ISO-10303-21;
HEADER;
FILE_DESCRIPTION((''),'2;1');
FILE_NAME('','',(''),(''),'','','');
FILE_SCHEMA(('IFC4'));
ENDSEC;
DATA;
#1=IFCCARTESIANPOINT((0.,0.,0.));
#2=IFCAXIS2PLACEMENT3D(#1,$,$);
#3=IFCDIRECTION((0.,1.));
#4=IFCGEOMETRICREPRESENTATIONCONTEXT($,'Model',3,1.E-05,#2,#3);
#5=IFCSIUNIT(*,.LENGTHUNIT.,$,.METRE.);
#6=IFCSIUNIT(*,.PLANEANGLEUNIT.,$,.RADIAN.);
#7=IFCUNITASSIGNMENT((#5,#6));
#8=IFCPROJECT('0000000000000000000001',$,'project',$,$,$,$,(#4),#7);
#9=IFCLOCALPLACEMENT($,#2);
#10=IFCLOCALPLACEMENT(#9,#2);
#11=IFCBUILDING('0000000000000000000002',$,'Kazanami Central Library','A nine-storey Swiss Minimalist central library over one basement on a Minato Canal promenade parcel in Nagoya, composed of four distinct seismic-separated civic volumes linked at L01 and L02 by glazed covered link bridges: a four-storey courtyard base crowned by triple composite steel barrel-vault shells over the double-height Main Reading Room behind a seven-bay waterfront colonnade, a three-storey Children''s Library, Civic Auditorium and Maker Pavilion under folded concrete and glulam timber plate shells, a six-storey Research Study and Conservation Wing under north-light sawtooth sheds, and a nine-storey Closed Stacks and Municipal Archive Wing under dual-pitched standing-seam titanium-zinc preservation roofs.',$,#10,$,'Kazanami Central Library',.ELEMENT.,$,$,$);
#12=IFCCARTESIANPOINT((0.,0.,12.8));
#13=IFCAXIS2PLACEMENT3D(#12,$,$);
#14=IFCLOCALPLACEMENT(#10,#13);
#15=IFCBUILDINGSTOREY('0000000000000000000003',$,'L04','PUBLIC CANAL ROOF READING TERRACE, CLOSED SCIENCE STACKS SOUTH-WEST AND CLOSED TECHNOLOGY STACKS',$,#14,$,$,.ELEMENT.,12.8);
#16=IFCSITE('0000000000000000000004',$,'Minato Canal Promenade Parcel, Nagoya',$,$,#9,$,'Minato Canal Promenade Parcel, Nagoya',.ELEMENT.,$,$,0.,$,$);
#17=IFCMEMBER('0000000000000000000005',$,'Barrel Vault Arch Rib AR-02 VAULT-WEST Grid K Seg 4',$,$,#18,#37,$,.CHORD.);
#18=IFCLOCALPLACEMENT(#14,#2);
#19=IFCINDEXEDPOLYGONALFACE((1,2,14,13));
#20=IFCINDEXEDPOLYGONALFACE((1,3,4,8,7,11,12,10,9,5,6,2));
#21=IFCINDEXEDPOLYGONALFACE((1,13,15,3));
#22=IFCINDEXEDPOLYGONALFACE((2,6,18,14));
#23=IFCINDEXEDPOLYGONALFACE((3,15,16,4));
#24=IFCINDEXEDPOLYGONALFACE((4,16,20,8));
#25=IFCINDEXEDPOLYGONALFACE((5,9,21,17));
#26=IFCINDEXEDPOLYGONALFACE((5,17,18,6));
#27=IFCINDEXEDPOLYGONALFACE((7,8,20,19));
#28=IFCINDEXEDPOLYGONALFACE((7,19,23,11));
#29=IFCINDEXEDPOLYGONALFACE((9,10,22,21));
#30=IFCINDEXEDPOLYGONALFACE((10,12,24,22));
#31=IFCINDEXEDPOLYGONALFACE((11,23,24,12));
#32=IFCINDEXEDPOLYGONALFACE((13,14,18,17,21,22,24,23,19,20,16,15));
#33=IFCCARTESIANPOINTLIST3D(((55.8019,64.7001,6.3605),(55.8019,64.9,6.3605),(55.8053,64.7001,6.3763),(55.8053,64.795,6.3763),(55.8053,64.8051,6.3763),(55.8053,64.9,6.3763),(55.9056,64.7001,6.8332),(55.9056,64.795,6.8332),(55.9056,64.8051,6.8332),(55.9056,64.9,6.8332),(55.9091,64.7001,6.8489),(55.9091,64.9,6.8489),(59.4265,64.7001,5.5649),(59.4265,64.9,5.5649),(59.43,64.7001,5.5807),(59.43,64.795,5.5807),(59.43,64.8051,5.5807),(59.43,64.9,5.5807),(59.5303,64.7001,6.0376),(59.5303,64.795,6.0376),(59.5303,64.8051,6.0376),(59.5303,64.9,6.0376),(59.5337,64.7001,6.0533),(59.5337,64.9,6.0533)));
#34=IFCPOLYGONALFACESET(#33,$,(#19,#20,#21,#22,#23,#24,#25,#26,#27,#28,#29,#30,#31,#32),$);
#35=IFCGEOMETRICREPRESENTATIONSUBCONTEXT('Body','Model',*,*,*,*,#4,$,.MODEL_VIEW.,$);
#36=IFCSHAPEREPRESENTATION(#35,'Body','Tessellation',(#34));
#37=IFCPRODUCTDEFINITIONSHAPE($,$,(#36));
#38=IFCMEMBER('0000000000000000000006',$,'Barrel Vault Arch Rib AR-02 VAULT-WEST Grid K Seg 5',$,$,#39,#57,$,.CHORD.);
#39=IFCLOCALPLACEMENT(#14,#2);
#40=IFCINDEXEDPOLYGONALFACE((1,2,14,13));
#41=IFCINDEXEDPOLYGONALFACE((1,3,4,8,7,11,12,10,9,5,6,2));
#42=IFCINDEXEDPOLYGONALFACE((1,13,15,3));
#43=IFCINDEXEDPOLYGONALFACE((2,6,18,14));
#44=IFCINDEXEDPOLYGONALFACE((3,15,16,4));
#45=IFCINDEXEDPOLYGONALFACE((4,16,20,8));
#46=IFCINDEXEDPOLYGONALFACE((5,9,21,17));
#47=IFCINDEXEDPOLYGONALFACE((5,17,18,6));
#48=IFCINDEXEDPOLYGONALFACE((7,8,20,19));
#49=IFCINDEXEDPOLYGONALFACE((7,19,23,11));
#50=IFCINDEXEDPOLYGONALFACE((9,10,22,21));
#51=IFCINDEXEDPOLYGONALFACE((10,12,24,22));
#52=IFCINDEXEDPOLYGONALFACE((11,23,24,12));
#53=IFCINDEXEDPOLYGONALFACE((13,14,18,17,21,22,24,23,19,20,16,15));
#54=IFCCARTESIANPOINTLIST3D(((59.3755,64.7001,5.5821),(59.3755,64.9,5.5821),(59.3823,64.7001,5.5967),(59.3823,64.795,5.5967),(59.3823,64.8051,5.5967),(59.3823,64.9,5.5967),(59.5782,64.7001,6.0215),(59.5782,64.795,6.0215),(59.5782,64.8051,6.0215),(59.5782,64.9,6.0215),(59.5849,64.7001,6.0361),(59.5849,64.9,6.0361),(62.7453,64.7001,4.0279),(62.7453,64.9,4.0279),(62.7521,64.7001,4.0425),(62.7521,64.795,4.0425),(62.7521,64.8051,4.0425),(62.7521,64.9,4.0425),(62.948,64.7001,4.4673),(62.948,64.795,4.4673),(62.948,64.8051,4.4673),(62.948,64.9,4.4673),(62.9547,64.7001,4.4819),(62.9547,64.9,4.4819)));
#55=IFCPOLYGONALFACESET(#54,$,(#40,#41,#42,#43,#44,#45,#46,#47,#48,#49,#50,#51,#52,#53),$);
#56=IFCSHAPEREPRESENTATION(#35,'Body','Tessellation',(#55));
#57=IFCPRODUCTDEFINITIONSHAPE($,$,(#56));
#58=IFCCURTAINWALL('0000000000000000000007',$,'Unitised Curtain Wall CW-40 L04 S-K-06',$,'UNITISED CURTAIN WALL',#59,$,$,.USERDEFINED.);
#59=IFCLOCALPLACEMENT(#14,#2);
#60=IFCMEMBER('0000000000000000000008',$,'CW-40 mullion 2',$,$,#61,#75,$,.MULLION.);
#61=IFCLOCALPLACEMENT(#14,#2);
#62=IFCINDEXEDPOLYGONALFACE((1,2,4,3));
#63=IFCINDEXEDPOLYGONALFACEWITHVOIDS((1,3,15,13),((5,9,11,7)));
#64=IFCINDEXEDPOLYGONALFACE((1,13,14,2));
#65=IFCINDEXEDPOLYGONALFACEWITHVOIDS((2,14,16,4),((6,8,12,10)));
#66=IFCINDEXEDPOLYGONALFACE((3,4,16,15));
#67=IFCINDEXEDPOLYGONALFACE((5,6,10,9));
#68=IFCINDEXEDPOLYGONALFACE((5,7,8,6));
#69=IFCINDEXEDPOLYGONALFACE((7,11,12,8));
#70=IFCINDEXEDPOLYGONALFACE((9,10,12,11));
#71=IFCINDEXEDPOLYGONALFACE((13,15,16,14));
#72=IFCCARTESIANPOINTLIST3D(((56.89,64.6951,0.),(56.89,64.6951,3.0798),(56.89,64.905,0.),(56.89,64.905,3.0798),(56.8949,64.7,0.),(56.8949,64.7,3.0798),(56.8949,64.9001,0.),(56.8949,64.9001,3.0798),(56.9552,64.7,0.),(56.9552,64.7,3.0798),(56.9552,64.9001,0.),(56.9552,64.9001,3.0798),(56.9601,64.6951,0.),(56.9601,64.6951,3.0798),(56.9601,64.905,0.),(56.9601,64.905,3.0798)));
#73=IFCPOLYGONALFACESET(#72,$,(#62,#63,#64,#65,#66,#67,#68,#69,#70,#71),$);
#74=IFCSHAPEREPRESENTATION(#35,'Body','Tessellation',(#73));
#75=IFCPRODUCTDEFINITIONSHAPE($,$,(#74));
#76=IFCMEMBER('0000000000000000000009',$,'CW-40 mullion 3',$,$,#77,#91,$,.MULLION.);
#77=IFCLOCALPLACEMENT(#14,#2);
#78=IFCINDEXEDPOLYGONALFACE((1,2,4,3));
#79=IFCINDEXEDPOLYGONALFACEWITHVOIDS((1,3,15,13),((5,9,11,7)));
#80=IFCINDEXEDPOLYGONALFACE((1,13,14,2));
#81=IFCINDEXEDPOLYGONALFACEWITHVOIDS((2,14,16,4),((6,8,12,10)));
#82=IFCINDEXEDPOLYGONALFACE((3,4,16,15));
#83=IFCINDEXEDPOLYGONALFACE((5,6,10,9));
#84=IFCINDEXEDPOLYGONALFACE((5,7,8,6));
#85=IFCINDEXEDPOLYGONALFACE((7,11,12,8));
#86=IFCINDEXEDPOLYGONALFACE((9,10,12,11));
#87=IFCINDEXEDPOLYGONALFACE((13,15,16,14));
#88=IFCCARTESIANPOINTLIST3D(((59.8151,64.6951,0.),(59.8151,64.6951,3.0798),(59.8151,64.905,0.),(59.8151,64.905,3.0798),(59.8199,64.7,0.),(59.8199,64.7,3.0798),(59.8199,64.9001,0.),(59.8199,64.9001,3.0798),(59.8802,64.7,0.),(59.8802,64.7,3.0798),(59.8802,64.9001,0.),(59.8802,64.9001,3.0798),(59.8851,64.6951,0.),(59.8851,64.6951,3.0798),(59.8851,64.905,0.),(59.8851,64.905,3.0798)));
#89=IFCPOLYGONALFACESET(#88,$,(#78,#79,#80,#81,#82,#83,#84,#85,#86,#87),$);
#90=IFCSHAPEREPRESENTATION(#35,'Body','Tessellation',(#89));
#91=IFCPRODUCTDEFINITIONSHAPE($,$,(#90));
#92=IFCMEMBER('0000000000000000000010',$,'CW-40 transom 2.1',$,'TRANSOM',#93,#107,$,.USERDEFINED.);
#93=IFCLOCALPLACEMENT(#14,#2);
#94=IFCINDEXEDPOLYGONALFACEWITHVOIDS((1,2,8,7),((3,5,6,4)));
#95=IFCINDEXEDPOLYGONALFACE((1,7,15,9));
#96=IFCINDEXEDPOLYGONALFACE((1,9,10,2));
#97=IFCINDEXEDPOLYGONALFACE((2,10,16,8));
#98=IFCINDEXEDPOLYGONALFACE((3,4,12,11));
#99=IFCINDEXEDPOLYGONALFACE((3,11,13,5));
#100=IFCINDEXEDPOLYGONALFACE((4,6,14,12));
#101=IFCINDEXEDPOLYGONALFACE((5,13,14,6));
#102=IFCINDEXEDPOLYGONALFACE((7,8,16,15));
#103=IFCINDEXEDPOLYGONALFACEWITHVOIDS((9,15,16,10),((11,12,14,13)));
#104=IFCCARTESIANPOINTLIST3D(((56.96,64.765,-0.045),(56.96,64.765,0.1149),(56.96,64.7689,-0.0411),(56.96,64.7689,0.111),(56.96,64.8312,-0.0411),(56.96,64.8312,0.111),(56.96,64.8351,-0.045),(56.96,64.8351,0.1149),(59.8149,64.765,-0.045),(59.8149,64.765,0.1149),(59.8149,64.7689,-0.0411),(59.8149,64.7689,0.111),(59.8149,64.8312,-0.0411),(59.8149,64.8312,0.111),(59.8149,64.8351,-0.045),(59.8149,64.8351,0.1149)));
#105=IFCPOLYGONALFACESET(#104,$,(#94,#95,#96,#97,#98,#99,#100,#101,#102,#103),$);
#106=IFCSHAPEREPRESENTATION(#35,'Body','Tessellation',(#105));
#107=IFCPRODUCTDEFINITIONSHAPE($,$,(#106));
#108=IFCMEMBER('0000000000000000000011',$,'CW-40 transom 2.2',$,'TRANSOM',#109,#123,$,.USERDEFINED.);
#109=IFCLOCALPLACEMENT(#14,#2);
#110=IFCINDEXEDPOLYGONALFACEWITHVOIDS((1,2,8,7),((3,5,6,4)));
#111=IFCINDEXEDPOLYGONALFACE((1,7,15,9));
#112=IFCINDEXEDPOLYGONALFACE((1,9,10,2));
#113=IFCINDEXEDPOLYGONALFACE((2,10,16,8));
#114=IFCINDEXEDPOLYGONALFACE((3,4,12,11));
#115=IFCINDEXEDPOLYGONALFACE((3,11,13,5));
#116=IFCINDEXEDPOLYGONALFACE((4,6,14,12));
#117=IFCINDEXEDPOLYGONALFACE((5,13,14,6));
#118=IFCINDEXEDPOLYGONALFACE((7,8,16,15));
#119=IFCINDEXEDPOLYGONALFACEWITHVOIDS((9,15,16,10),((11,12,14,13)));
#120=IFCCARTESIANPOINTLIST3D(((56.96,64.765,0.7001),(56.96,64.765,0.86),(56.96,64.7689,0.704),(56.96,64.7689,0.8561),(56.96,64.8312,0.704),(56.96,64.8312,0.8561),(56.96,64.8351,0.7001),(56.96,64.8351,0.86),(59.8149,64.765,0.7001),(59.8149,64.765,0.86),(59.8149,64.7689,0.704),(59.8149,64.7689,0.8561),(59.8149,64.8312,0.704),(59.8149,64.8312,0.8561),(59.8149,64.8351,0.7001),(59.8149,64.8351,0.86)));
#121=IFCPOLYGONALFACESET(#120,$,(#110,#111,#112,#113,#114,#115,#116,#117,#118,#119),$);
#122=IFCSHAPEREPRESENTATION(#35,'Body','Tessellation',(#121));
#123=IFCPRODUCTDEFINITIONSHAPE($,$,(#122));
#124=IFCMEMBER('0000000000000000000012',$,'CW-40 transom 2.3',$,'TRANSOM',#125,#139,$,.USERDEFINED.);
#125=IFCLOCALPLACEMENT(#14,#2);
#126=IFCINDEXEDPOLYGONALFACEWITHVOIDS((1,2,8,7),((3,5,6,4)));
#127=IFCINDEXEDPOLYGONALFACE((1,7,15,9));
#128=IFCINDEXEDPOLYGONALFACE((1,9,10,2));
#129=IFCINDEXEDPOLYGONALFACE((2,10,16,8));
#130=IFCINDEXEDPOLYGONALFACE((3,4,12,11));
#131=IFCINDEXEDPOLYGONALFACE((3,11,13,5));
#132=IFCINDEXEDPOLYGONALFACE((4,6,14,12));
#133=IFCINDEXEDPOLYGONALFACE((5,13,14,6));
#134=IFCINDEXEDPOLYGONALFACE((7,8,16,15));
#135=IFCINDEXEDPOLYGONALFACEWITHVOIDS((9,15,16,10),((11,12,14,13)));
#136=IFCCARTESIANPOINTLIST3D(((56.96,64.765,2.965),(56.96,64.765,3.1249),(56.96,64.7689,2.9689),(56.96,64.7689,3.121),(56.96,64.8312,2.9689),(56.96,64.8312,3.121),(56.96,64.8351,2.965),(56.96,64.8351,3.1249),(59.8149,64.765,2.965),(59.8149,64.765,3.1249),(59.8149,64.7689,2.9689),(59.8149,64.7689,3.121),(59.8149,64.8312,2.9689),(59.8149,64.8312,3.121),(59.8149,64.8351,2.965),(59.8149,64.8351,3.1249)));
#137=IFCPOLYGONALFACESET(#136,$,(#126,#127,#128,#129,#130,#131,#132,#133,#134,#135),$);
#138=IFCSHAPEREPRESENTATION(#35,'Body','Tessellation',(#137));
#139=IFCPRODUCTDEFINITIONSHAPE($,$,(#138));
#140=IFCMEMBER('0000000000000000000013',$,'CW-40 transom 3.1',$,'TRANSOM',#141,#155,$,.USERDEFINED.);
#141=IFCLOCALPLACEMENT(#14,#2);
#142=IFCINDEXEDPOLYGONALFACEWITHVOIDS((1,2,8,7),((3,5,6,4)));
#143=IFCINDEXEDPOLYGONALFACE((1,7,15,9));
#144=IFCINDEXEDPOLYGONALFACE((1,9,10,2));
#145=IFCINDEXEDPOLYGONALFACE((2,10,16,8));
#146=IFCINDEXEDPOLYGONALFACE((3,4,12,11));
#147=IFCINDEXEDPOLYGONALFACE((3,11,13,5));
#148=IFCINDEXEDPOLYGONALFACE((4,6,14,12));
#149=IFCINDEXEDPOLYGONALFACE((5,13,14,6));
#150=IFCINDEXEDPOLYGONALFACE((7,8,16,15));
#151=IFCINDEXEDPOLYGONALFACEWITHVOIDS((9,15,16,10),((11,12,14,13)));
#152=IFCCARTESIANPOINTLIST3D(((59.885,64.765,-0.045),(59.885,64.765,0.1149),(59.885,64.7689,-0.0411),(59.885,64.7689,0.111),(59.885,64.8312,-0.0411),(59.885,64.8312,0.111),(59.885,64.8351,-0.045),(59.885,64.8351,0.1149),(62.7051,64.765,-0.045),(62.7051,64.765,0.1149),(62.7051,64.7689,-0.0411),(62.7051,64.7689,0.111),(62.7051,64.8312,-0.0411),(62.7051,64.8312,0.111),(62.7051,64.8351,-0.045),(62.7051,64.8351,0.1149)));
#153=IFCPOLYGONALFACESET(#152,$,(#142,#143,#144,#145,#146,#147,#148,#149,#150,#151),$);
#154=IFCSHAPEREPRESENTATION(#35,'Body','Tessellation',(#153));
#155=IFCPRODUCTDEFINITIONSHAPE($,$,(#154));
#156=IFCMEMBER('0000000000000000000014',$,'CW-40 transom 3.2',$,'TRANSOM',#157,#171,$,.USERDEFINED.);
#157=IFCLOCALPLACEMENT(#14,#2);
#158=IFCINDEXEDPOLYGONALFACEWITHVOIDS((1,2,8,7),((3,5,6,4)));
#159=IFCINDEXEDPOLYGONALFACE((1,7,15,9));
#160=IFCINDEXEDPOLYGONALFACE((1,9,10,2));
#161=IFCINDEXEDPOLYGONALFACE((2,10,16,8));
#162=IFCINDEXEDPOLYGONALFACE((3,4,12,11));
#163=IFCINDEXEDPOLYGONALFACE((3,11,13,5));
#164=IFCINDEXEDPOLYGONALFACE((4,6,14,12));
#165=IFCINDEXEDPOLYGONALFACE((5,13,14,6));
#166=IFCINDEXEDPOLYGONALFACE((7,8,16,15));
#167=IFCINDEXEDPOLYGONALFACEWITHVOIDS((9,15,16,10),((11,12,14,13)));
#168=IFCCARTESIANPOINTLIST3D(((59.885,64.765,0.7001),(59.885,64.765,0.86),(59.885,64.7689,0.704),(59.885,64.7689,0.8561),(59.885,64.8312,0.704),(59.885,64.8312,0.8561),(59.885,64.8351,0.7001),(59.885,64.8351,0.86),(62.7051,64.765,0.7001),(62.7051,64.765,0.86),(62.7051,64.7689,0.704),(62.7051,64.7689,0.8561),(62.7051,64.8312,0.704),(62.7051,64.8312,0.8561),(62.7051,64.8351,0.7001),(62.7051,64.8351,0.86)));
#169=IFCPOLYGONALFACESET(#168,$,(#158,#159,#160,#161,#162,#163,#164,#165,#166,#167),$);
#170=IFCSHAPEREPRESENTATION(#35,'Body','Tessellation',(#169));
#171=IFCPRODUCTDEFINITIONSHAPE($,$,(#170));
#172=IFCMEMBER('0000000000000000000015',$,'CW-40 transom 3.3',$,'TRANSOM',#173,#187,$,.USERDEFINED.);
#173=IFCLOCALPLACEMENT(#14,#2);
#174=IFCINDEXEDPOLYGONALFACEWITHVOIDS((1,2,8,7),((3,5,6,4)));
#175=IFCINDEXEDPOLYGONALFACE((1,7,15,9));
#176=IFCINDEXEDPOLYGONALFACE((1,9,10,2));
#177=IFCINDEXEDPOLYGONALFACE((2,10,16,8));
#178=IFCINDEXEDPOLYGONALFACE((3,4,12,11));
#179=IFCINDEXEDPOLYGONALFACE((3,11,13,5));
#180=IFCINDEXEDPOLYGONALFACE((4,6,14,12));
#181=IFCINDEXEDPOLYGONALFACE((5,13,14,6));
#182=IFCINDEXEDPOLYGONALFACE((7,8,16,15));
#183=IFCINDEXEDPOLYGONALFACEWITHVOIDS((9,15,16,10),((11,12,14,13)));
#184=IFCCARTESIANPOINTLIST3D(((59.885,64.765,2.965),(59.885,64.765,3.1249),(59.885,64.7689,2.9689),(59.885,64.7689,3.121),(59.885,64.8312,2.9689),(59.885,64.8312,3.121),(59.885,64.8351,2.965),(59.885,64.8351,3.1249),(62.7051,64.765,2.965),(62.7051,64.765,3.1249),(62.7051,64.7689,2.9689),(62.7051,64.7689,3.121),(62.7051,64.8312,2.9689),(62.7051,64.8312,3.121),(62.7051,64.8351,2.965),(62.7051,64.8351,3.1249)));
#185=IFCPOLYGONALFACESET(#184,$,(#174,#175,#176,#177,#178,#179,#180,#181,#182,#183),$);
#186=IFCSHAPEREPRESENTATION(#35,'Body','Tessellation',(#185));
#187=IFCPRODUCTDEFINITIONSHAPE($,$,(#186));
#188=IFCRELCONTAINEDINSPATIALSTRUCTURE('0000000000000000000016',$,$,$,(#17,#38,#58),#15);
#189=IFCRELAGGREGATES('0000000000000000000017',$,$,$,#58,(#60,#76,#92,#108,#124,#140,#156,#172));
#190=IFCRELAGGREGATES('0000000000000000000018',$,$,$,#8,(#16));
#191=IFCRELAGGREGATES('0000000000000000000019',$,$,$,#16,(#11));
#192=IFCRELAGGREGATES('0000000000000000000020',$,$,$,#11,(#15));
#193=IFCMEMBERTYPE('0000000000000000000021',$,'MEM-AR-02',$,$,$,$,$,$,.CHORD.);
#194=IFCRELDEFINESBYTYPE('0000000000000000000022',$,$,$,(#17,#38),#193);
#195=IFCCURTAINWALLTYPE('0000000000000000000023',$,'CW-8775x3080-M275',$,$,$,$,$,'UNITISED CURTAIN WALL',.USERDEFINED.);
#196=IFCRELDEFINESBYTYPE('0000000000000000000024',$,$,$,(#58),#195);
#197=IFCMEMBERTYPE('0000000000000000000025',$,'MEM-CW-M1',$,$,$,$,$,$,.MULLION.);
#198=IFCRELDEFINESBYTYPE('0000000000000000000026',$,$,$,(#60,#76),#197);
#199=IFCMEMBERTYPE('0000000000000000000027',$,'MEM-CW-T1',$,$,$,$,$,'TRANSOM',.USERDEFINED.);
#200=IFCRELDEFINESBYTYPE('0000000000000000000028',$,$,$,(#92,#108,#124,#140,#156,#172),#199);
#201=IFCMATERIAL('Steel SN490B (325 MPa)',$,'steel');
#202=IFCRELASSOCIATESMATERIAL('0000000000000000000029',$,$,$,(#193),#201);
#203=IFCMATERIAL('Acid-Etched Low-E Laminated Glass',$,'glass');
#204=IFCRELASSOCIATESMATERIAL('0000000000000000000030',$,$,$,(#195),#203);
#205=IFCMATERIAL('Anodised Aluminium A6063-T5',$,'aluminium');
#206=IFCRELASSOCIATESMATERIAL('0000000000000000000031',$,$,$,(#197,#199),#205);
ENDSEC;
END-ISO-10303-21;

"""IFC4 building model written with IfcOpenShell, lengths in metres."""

from ifc_helpers import new_model, si_unit, direction, frame, origin, origin_2d, place, context, subcontext, project, spatial, hollow_rectangle, i_section, extrude, material, material_profile, profile_set, type_object, element, aggregate, save


model = new_model("IFC4")

# Units and contexts
model_context = context("Model", 3, precision=1e-05, world=origin(), true_north=direction((0.0, 1.0)))
body_context = subcontext(model_context, "Body", "Model", "MODEL_VIEW")
ifc_project = project(units=[si_unit("LENGTHUNIT", "METRE"), si_unit("PLANEANGLEUNIT", "RADIAN")], contexts=[model_context])

# Site, building, storey
site_placement = place(None, origin())
site = spatial("IfcSite", under=ifc_project, at=site_placement, Name="Minato Canal Promenade Parcel, Nagoya", LongName="Minato Canal Promenade Parcel, Nagoya", CompositionType="ELEMENT", RefElevation=0.0)
building_placement = place(site_placement, origin())
building = spatial("IfcBuilding", under=site, at=building_placement, Name="Kazanami Central Library", Description="A nine-storey Swiss Minimalist central library over one basement on a Minato Canal promenade parcel in Nagoya, composed of four distinct seismic-separated civic volumes linked at L01 and L02 by glazed covered link bridges: a four-storey courtyard base crowned by triple composite steel barrel-vault shells over the double-height Main Reading Room behind a seven-bay waterfront colonnade, a three-storey Children's Library, Civic Auditorium and Maker Pavilion under folded concrete and glulam timber plate shells, a six-storey Research Study and Conservation Wing under north-light sawtooth sheds, and a nine-storey Closed Stacks and Municipal Archive Wing under dual-pitched standing-seam titanium-zinc preservation roofs.", LongName="Kazanami Central Library", CompositionType="ELEMENT")
storey_placement = place(building_placement, frame((0.0, 0.0, 12.8)))
storey = spatial("IfcBuildingStorey", under=building, at=storey_placement, Name="L04", Description="PUBLIC CANAL ROOF READING TERRACE, CLOSED SCIENCE STACKS SOUTH-WEST AND CLOSED TECHNOLOGY STACKS", CompositionType="ELEMENT", Elevation=12.8)

# Members
ifc_material_1 = material(Name="Steel SN490B (325 MPa)", Category="steel")
ifc_material_profile_1 = material_profile(ifc_material_1, i_section(OverallWidth=0.2, OverallDepth=0.5, WebThickness=0.01, FlangeThickness=0.0161, at=origin_2d()), Name="H-500x200x10x16")
ifc_profile_set_1 = profile_set([ifc_material_profile_1], Name="Steel SN490B (325 MPa)")
member_type_1 = type_object("IfcMemberType", Name="MEM-AR-02", PredefinedType="CHORD", material=ifc_profile_set_1)
for number, where, z_axis, x_axis, name in (
    (1, (55.8555, 64.8, 6.6047), (0.976746, 0.0, -0.214401), (0.0, 1.0, 0.0), "Barrel Vault Arch Rib AR-02 VAULT-WEST Grid K Seg 4"),
    (2, (59.4802, 64.8, 5.8091), (0.908075, 0.0, -0.418808), (0.0, 1.0, 0.0), "Barrel Vault Arch Rib AR-02 VAULT-WEST Grid K Seg 5"),
):
    element("IfcMember", number, at=place(storey_placement, frame(where, z_axis=z_axis, x_axis=x_axis)), inside=storey, type_object=member_type_1, Name=name, PredefinedType="CHORD", context=body_context, shape_type="SweptSolid", body=[
        extrude(i_section(OverallWidth=0.2, OverallDepth=0.5, WebThickness=0.01, FlangeThickness=0.0161, at=origin_2d()), origin(), (0.0, 0.0, 1.0), 3.7109),
    ])

# Curtain wall, members
ifc_material_2 = material(Name="Acid-Etched Low-E Laminated Glass", Category="glass")
curtain_wall_type = type_object("IfcCurtainWallType", Name="CW-8775x3080-M275", ElementType="UNITISED CURTAIN WALL", PredefinedType="USERDEFINED", material=ifc_material_2)
curtain_wall_placement = place(storey_placement, origin())
curtain_wall = element("IfcCurtainWall", 3, at=curtain_wall_placement, inside=storey, type_object=curtain_wall_type, Name="Unitised Curtain Wall CW-40 L04 S-K-06", ObjectType="UNITISED CURTAIN WALL", PredefinedType="USERDEFINED")
ifc_material_3 = material(Name="Anodised Aluminium A6063-T5", Category="aluminium")
ifc_material_profile_2 = material_profile(ifc_material_3, hollow_rectangle(XDim=0.0701, YDim=0.21, WallThickness=0.0049, at=origin_2d()), Name="ALU-MULL-70x210x5")
ifc_profile_set_2 = profile_set([ifc_material_profile_2], Name="Anodised Aluminium A6063-T5")
member_type_2 = type_object("IfcMemberType", Name="MEM-CW-M1", PredefinedType="MULLION", material=ifc_profile_set_2)
member_1_placement = place(storey_placement, frame((56.925, 64.8, 0.0), z_axis=(0.0, 0.0, 1.0), x_axis=(1.0, 0.0, 0.0)))
member_1 = element("IfcMember", 4, at=member_1_placement, type_object=member_type_2, Name="CW-40 mullion 2", PredefinedType="MULLION", context=body_context, shape_type="SweptSolid", body=[
    extrude(hollow_rectangle(XDim=0.0701, YDim=0.21, WallThickness=0.0049, at=origin_2d()), origin(), (0.0, 0.0, 1.0), 3.0798),
])
member_2_placement = place(storey_placement, frame((59.8501, 64.8, 0.0), z_axis=(0.0, 0.0, 1.0), x_axis=(1.0, 0.0, 0.0)))
member_2 = element("IfcMember", 5, at=member_2_placement, type_object=member_type_2, Name="CW-40 mullion 3", PredefinedType="MULLION", context=body_context, shape_type="SweptSolid", body=[
    extrude(hollow_rectangle(XDim=0.0701, YDim=0.21, WallThickness=0.0049, at=origin_2d()), origin(), (0.0, 0.0, 1.0), 3.0798),
])
ifc_material_profile_3 = material_profile(ifc_material_3, hollow_rectangle(XDim=0.0701, YDim=0.1599, WallThickness=0.0039, at=origin_2d()), Name="ALU-TRAN-70x160x4")
ifc_profile_set_3 = profile_set([ifc_material_profile_3], Name="Anodised Aluminium A6063-T5")
member_type_3 = type_object("IfcMemberType", Name="MEM-CW-T1", ElementType="TRANSOM", PredefinedType="USERDEFINED", material=ifc_profile_set_3)
member_3_placement = place(storey_placement, frame((56.96, 64.8, 0.0349), z_axis=(1.0, 0.0, 0.0), x_axis=(0.0, 1.0, 0.0)))
member_3 = element("IfcMember", 6, at=member_3_placement, type_object=member_type_3, Name="CW-40 transom 2.1", ObjectType="TRANSOM", PredefinedType="USERDEFINED", context=body_context, shape_type="SweptSolid", body=[
    extrude(hollow_rectangle(XDim=0.0701, YDim=0.1599, WallThickness=0.0039, at=origin_2d()), origin(), (0.0, 0.0, 1.0), 2.855),
])
member_4_placement = place(storey_placement, frame((56.96, 64.8, 0.78), z_axis=(1.0, 0.0, 0.0), x_axis=(0.0, 1.0, 0.0)))
member_4 = element("IfcMember", 7, at=member_4_placement, type_object=member_type_3, Name="CW-40 transom 2.2", ObjectType="TRANSOM", PredefinedType="USERDEFINED", context=body_context, shape_type="SweptSolid", body=[
    extrude(hollow_rectangle(XDim=0.0701, YDim=0.1599, WallThickness=0.0039, at=origin_2d()), origin(), (0.0, 0.0, 1.0), 2.855),
])
member_5_placement = place(storey_placement, frame((56.96, 64.8, 3.0449), z_axis=(1.0, 0.0, 0.0), x_axis=(0.0, 1.0, 0.0)))
member_5 = element("IfcMember", 8, at=member_5_placement, type_object=member_type_3, Name="CW-40 transom 2.3", ObjectType="TRANSOM", PredefinedType="USERDEFINED", context=body_context, shape_type="SweptSolid", body=[
    extrude(hollow_rectangle(XDim=0.0701, YDim=0.1599, WallThickness=0.0039, at=origin_2d()), origin(), (0.0, 0.0, 1.0), 2.855),
])
member_6_placement = place(storey_placement, frame((59.885, 64.8, 0.0349), z_axis=(1.0, 0.0, 0.0), x_axis=(0.0, 1.0, 0.0)))
member_6 = element("IfcMember", 9, at=member_6_placement, type_object=member_type_3, Name="CW-40 transom 3.1", ObjectType="TRANSOM", PredefinedType="USERDEFINED", context=body_context, shape_type="SweptSolid", body=[
    extrude(hollow_rectangle(XDim=0.0701, YDim=0.1599, WallThickness=0.0039, at=origin_2d()), origin(), (0.0, 0.0, 1.0), 2.8201),
])
member_7_placement = place(storey_placement, frame((59.885, 64.8, 0.78), z_axis=(1.0, 0.0, 0.0), x_axis=(0.0, 1.0, 0.0)))
member_7 = element("IfcMember", 10, at=member_7_placement, type_object=member_type_3, Name="CW-40 transom 3.2", ObjectType="TRANSOM", PredefinedType="USERDEFINED", context=body_context, shape_type="SweptSolid", body=[
    extrude(hollow_rectangle(XDim=0.0701, YDim=0.1599, WallThickness=0.0039, at=origin_2d()), origin(), (0.0, 0.0, 1.0), 2.8201),
])
member_8_placement = place(storey_placement, frame((59.885, 64.8, 3.0449), z_axis=(1.0, 0.0, 0.0), x_axis=(0.0, 1.0, 0.0)))
member_8 = element("IfcMember", 11, at=member_8_placement, type_object=member_type_3, Name="CW-40 transom 3.3", ObjectType="TRANSOM", PredefinedType="USERDEFINED", context=body_context, shape_type="SweptSolid", body=[
    extrude(hollow_rectangle(XDim=0.0701, YDim=0.1599, WallThickness=0.0039, at=origin_2d()), origin(), (0.0, 0.0, 1.0), 2.8201),
])

aggregate(curtain_wall, [member_1, member_2, member_3, member_4, member_5, member_6, member_7, member_8])

save(model, "model.ifc")
